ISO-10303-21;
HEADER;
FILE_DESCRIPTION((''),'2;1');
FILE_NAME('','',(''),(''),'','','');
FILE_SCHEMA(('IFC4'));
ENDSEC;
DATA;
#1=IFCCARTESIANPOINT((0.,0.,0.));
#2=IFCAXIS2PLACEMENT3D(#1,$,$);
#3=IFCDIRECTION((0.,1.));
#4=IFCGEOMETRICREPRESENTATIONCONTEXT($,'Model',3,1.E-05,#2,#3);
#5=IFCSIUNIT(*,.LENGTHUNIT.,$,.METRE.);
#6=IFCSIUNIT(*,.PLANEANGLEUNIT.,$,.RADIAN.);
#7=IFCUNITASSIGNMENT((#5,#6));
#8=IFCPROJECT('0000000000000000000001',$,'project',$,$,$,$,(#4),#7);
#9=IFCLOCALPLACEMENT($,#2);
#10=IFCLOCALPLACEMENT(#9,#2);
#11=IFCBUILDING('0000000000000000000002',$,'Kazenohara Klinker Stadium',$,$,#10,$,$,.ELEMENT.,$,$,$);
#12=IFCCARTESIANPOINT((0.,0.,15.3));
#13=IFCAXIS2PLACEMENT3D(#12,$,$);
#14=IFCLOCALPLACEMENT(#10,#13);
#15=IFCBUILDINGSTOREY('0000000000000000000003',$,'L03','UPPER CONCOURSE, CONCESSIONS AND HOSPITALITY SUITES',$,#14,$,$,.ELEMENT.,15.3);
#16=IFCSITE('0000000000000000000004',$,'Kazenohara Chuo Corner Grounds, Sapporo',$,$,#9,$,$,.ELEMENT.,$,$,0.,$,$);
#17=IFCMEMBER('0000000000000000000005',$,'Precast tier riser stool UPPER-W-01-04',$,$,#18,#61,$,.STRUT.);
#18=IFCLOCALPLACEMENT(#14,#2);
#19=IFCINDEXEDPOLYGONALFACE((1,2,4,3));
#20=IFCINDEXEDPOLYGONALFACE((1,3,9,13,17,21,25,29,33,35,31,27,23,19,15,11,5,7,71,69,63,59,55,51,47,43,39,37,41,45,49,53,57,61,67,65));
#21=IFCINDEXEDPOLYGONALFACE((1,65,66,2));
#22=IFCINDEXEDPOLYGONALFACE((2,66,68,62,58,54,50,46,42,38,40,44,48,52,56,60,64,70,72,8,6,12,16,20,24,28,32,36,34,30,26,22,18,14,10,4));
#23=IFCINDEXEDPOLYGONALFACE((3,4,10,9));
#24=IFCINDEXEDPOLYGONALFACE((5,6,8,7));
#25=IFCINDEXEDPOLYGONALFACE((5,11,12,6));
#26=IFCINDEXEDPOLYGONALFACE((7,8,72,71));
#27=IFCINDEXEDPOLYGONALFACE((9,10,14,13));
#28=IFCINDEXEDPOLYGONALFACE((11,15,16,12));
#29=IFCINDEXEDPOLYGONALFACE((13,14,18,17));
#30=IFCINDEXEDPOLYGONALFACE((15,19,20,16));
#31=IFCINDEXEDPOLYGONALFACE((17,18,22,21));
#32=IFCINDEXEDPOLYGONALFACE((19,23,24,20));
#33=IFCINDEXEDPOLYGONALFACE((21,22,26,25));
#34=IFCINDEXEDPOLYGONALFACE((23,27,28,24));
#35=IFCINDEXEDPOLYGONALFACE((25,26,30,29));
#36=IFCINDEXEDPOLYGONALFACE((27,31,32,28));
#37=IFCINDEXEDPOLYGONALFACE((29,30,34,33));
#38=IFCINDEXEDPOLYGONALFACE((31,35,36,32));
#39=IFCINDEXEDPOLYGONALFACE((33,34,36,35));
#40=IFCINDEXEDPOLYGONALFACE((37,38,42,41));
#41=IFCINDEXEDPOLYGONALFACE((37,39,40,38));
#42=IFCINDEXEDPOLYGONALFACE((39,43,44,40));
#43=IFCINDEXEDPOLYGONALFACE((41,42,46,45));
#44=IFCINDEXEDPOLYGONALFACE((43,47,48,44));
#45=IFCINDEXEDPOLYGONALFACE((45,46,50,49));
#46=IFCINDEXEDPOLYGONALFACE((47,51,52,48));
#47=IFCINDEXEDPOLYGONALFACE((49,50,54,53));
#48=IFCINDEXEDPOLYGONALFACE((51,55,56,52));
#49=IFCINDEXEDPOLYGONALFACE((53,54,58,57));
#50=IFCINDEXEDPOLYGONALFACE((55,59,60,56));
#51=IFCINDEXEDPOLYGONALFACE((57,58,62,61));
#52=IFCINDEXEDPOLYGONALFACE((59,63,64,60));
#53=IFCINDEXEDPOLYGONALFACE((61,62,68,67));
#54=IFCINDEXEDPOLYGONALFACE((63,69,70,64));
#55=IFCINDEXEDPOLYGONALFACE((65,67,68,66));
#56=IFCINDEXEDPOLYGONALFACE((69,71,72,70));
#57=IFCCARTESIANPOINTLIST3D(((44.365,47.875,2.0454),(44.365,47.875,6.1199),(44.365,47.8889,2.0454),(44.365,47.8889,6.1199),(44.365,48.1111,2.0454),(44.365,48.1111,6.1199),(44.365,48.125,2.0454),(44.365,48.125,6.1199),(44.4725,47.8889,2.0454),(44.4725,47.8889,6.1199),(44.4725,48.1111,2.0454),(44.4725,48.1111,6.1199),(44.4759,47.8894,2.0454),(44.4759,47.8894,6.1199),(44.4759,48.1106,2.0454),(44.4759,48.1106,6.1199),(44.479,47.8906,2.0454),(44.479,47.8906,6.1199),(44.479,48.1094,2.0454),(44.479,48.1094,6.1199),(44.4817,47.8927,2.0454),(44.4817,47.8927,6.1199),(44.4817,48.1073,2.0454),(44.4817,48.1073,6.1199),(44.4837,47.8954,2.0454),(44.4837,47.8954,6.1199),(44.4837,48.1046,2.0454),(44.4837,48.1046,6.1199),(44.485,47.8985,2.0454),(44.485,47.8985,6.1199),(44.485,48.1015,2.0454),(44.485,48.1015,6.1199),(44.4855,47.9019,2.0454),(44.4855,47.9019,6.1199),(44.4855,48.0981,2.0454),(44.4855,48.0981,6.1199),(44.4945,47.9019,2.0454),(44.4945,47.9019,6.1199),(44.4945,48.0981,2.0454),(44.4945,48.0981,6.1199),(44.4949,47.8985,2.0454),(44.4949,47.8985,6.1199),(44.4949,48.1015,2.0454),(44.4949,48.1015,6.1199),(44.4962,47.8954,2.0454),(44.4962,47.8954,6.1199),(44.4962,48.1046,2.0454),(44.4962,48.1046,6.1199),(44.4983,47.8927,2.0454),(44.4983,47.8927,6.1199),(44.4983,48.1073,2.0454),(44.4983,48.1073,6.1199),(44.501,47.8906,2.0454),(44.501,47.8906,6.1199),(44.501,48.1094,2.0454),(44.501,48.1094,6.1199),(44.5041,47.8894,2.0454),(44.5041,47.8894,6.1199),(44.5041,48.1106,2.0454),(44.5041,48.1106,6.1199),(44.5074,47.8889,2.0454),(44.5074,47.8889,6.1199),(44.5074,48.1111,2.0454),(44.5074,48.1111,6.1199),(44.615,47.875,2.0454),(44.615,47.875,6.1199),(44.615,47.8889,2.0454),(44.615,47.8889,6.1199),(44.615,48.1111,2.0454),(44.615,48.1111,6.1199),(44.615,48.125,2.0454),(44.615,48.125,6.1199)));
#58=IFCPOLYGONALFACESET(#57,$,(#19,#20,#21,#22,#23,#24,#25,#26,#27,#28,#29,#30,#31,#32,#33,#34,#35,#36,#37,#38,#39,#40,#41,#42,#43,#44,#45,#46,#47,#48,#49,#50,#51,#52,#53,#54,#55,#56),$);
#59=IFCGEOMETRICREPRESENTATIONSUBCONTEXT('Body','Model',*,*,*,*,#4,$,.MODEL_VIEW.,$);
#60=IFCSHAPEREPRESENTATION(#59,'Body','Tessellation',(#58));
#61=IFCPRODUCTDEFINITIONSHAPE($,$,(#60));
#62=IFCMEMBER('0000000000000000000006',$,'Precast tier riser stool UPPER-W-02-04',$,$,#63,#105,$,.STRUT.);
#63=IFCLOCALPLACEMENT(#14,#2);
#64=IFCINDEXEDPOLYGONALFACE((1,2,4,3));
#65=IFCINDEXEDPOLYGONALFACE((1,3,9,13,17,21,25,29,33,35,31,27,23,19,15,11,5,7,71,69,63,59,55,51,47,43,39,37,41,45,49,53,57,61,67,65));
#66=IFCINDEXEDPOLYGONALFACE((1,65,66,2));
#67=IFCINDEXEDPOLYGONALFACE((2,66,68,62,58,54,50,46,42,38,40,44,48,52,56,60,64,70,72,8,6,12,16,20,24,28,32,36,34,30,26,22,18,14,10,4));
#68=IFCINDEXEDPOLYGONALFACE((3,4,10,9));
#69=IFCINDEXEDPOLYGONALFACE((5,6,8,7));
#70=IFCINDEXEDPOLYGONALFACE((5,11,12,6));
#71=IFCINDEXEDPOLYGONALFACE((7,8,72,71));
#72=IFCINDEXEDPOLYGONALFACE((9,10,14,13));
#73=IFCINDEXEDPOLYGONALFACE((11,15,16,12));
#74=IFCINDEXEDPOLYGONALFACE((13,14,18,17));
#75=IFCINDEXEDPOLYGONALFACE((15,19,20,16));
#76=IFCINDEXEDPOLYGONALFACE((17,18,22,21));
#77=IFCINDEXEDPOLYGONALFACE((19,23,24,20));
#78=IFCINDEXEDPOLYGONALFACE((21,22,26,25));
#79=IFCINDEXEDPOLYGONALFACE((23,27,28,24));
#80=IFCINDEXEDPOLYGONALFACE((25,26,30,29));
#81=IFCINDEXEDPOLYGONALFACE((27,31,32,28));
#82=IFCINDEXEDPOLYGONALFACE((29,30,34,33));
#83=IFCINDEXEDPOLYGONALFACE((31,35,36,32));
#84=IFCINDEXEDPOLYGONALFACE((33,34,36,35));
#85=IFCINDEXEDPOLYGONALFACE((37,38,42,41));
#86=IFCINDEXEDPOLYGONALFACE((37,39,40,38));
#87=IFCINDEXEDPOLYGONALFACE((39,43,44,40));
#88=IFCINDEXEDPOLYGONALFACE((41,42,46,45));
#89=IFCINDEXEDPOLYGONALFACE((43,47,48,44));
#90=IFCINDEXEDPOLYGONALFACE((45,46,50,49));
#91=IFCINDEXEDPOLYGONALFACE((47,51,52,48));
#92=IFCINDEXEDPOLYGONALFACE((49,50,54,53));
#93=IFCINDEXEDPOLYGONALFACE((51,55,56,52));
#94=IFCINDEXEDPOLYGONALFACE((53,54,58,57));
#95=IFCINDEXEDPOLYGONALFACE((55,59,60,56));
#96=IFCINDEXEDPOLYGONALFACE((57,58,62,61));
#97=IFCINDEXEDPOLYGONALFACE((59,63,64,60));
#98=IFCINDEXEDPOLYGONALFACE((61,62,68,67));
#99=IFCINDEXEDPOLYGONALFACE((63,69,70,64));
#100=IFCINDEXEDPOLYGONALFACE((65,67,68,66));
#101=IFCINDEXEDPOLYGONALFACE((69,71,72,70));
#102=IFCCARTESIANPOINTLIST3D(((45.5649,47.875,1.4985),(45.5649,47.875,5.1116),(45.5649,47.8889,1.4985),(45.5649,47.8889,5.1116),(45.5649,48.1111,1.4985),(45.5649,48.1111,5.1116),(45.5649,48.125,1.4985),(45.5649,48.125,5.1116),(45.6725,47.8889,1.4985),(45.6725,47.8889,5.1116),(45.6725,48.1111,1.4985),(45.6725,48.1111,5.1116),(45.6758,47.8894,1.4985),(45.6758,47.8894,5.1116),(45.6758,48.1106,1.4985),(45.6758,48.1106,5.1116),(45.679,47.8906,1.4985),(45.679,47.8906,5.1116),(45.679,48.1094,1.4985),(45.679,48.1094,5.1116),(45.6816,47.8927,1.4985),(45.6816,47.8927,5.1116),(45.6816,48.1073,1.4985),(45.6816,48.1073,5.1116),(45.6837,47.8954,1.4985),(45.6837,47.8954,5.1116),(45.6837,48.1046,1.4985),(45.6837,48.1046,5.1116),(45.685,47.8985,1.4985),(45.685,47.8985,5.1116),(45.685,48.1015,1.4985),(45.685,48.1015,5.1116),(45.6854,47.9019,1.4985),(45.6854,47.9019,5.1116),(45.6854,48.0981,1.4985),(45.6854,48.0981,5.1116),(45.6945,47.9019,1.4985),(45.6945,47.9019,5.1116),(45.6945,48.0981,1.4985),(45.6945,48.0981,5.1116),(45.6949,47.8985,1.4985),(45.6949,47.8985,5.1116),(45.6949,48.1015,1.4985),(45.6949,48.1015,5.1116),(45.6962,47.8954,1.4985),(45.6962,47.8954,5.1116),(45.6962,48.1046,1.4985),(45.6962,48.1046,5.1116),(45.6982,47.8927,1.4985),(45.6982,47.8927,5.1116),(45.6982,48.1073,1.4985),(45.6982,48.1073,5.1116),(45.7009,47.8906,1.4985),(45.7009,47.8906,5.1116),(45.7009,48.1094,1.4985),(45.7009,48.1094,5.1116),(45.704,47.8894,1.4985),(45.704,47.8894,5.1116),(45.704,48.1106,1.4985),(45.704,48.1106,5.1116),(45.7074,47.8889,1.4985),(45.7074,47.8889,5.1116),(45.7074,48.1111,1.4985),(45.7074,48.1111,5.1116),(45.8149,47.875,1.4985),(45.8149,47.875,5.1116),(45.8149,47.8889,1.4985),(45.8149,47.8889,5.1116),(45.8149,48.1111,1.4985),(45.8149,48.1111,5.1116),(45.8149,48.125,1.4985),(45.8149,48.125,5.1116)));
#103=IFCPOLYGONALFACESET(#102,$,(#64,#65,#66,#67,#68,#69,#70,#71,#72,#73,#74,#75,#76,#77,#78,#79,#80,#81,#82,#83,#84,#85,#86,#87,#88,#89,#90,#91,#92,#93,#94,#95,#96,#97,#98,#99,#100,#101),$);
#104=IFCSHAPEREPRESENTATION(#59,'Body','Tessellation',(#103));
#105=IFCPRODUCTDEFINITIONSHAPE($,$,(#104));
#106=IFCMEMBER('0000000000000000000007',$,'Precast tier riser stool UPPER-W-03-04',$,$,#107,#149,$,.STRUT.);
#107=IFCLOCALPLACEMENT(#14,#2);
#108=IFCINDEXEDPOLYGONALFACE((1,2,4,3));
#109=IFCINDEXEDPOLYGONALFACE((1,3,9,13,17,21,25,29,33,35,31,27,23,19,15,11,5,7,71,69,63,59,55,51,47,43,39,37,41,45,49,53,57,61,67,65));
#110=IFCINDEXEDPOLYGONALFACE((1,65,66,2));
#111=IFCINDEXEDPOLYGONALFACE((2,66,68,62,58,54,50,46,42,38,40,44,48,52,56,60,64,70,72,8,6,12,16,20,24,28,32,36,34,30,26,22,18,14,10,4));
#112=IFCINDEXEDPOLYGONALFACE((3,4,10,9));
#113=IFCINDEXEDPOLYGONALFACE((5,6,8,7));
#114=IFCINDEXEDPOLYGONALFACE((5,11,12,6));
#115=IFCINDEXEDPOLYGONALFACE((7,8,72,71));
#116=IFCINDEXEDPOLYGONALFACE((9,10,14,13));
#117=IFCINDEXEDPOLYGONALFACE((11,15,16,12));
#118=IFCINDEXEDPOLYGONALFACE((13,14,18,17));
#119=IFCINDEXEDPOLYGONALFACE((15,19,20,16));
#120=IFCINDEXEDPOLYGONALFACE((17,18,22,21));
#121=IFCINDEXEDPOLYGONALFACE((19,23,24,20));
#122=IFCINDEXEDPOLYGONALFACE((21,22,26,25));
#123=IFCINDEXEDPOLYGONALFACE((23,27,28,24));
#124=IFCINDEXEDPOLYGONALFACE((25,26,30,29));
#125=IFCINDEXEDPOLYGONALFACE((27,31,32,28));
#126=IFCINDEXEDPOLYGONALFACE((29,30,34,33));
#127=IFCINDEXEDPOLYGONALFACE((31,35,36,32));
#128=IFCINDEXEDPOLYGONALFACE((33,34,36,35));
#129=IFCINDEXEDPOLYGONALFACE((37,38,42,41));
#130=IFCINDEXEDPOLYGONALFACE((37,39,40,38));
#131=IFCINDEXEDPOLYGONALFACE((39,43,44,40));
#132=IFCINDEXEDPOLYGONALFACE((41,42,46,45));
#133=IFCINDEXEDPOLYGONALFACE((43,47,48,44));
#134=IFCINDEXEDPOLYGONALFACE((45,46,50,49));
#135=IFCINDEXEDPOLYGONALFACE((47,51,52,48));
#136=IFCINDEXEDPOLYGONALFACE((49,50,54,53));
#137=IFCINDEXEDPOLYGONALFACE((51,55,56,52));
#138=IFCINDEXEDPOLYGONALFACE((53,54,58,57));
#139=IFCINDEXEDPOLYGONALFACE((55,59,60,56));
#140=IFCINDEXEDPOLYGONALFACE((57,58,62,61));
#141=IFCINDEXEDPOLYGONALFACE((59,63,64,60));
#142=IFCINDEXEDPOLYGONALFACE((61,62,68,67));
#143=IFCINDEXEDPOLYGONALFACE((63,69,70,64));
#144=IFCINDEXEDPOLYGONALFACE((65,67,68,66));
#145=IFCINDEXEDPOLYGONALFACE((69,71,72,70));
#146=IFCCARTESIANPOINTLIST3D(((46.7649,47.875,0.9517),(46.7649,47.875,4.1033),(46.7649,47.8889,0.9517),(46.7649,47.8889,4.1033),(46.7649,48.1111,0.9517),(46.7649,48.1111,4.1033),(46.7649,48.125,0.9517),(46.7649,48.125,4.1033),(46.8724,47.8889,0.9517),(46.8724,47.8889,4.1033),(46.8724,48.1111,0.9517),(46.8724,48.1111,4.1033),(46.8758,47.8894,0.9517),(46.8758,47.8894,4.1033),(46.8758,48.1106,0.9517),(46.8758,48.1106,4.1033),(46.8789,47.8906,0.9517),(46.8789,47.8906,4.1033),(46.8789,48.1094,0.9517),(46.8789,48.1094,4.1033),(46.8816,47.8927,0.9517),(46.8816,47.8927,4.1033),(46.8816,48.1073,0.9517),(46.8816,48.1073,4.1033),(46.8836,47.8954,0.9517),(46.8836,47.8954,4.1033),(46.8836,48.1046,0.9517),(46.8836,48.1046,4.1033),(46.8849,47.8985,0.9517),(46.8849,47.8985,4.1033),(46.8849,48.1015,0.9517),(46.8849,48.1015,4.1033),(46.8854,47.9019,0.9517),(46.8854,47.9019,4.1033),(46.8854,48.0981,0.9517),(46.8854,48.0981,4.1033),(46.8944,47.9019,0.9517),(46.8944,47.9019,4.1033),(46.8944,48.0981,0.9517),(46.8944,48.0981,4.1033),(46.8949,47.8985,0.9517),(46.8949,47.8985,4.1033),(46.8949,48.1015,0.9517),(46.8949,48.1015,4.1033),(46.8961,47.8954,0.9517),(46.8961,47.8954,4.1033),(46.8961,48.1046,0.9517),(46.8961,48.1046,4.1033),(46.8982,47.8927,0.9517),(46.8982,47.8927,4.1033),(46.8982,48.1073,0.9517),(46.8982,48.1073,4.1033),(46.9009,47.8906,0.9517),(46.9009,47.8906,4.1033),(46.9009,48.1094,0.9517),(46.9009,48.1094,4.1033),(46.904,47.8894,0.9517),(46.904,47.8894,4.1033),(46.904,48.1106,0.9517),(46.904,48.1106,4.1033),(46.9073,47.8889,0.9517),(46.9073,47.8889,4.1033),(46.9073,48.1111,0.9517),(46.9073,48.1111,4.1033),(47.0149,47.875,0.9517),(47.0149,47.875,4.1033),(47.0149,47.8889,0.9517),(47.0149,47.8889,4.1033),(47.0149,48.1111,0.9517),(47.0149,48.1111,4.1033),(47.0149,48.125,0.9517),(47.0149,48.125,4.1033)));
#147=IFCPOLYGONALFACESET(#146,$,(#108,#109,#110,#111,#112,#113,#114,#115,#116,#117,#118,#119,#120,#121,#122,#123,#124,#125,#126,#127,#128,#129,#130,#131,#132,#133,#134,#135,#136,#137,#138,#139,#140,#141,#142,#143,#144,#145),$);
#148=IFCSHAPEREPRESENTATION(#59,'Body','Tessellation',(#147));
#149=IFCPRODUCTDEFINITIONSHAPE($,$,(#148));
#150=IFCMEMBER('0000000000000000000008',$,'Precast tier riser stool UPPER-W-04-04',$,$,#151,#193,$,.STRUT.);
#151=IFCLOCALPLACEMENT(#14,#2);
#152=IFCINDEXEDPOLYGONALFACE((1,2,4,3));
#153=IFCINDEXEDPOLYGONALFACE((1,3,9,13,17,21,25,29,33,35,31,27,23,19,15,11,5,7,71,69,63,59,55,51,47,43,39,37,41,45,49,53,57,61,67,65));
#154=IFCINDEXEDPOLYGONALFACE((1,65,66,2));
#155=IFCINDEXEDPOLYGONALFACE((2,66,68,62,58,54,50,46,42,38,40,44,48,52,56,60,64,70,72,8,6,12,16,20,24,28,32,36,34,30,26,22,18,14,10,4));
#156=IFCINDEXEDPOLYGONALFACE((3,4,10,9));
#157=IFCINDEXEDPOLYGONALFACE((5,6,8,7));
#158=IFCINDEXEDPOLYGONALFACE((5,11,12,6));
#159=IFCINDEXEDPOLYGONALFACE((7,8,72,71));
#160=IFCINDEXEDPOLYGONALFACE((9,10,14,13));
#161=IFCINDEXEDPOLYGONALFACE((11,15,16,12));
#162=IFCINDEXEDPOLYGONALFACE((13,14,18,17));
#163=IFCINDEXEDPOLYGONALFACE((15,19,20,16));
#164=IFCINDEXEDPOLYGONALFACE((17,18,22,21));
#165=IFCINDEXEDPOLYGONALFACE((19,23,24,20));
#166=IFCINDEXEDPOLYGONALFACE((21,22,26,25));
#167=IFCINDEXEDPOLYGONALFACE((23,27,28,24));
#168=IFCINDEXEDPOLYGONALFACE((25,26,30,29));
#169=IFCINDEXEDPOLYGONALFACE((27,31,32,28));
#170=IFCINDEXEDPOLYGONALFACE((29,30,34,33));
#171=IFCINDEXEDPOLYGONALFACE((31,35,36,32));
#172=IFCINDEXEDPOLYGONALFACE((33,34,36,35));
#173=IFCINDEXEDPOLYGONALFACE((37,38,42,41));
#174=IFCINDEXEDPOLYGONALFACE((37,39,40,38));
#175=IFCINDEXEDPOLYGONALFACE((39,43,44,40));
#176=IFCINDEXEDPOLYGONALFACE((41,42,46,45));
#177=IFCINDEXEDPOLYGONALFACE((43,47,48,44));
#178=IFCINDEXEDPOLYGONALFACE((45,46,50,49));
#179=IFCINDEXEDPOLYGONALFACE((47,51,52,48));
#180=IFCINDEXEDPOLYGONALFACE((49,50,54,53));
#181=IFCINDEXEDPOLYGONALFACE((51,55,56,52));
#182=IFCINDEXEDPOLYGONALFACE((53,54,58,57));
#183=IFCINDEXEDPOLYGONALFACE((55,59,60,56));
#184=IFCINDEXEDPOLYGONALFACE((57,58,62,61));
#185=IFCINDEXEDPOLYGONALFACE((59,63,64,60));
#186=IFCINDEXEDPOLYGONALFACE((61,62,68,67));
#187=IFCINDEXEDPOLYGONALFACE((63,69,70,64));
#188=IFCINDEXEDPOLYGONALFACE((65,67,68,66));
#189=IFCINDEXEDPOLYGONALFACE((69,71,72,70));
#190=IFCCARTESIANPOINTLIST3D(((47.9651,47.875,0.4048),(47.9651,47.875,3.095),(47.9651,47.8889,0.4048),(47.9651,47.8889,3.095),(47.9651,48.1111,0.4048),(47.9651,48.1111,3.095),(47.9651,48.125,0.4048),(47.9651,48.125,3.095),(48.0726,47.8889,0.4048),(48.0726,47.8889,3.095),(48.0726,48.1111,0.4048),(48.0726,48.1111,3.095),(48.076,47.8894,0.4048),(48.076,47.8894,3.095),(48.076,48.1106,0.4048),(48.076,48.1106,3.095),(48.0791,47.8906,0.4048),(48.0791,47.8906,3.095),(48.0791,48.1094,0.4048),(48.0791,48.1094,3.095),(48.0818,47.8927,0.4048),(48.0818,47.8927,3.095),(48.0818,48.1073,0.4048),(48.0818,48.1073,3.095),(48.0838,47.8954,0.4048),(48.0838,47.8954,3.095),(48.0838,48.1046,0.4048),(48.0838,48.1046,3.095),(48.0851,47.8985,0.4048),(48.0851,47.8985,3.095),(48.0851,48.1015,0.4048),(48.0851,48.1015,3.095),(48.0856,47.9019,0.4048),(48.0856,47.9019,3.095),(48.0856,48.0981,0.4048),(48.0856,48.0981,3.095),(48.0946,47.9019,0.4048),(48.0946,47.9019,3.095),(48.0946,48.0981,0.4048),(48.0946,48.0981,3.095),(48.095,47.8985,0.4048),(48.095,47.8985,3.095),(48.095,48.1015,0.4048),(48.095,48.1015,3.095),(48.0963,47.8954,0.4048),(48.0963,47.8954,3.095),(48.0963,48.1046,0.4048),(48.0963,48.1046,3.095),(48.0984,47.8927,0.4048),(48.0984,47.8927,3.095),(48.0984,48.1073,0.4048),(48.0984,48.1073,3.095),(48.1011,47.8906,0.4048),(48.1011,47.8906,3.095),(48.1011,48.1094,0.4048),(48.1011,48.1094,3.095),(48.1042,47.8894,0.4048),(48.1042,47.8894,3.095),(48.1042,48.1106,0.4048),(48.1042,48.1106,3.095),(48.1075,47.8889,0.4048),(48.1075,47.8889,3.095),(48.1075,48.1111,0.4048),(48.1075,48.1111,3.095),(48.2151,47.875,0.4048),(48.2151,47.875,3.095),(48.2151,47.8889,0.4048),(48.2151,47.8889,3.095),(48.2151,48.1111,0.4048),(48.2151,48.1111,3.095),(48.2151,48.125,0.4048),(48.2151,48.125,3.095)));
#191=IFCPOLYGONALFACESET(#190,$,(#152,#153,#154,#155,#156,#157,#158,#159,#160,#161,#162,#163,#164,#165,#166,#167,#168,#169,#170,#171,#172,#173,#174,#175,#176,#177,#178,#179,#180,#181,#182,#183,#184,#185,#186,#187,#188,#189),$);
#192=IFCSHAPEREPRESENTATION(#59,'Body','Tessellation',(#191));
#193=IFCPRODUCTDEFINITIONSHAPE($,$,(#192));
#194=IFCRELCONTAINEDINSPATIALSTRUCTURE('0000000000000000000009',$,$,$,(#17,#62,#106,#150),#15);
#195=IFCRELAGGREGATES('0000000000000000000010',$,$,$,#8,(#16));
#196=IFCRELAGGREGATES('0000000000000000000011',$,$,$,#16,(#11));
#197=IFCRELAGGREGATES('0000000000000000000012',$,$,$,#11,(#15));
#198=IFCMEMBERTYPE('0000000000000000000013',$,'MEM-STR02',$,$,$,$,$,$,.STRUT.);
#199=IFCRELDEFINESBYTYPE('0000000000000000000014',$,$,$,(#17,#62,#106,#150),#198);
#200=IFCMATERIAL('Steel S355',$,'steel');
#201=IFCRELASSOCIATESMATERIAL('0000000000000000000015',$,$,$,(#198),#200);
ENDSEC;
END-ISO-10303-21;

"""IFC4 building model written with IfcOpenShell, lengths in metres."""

from ifc_helpers import new_model, si_unit, direction, frame, origin, origin_2d, place, context, subcontext, project, spatial, i_section, extrude, material, material_profile, profile_set, type_object, element, save


model = new_model("IFC4")

# Units and contexts
model_context = context("Model", 3, precision=1e-05, world=origin(), true_north=direction((0.0, 1.0)))
body_context = subcontext(model_context, "Body", "Model", "MODEL_VIEW")
ifc_project = project(units=[si_unit("LENGTHUNIT", "METRE"), si_unit("PLANEANGLEUNIT", "RADIAN")], contexts=[model_context])

# Site, building, storey
site_placement = place(None, origin())
site = spatial("IfcSite", under=ifc_project, at=site_placement, Name="Kazenohara Chuo Corner Grounds, Sapporo", CompositionType="ELEMENT", RefElevation=0.0)
building_placement = place(site_placement, origin())
building = spatial("IfcBuilding", under=site, at=building_placement, Name="Kazenohara Klinker Stadium", CompositionType="ELEMENT")
storey_placement = place(building_placement, frame((0.0, 0.0, 15.3)))
storey = spatial("IfcBuildingStorey", under=building, at=storey_placement, Name="L03", Description="UPPER CONCOURSE, CONCESSIONS AND HOSPITALITY SUITES", CompositionType="ELEMENT", Elevation=15.3)

# Shared definitions
ifc_material_1 = material(Name="Steel S355", Category="steel")

# Members
ifc_material_profile_1 = material_profile(ifc_material_1, i_section(OverallWidth=0.25, OverallDepth=0.25, WebThickness=0.009, FlangeThickness=0.0139, FilletRadius=0.0129, at=origin_2d()), Name="H-250x250x9x14")
ifc_profile_set_1 = profile_set([ifc_material_profile_1], Name="Steel S355")
member_type_1 = type_object("IfcMemberType", Name="MEM-STR02", PredefinedType="STRUT", material=ifc_profile_set_1)
member_1_placement = place(storey_placement, frame((44.49, 48.0, 2.0454), z_axis=(0.0, 0.0, 1.0), x_axis=(1.0, 0.0, 0.0)))
element("IfcMember", 1, at=member_1_placement, inside=storey, type_object=member_type_1, Name="Precast tier riser stool UPPER-W-01-04", PredefinedType="STRUT", context=body_context, shape_type="SweptSolid", body=[
    extrude(i_section(OverallWidth=0.25, OverallDepth=0.25, WebThickness=0.009, FlangeThickness=0.0139, FilletRadius=0.0129, at=origin_2d()), origin(), (0.0, 0.0, 1.0), 4.0745),
])
member_2_placement = place(storey_placement, frame((45.6899, 48.0, 1.4985), z_axis=(0.0, 0.0, 1.0), x_axis=(1.0, 0.0, 0.0)))
element("IfcMember", 2, at=member_2_placement, inside=storey, type_object=member_type_1, Name="Precast tier riser stool UPPER-W-02-04", PredefinedType="STRUT", context=body_context, shape_type="SweptSolid", body=[
    extrude(i_section(OverallWidth=0.25, OverallDepth=0.25, WebThickness=0.009, FlangeThickness=0.0139, FilletRadius=0.0129, at=origin_2d()), origin(), (0.0, 0.0, 1.0), 3.613),
])
member_3_placement = place(storey_placement, frame((46.8899, 48.0, 0.9517), z_axis=(0.0, 0.0, 1.0), x_axis=(1.0, 0.0, 0.0)))
element("IfcMember", 3, at=member_3_placement, inside=storey, type_object=member_type_1, Name="Precast tier riser stool UPPER-W-03-04", PredefinedType="STRUT", context=body_context, shape_type="SweptSolid", body=[
    extrude(i_section(OverallWidth=0.25, OverallDepth=0.25, WebThickness=0.009, FlangeThickness=0.0139, FilletRadius=0.0129, at=origin_2d()), origin(), (0.0, 0.0, 1.0), 3.1516),
])
member_4_placement = place(storey_placement, frame((48.0901, 48.0, 0.4048), z_axis=(0.0, 0.0, 1.0), x_axis=(1.0, 0.0, 0.0)))
element("IfcMember", 4, at=member_4_placement, inside=storey, type_object=member_type_1, Name="Precast tier riser stool UPPER-W-04-04", PredefinedType="STRUT", context=body_context, shape_type="SweptSolid", body=[
    extrude(i_section(OverallWidth=0.25, OverallDepth=0.25, WebThickness=0.009, FlangeThickness=0.0139, FilletRadius=0.0129, at=origin_2d()), origin(), (0.0, 0.0, 1.0), 2.6902),
])

save(model, "model.ifc")
